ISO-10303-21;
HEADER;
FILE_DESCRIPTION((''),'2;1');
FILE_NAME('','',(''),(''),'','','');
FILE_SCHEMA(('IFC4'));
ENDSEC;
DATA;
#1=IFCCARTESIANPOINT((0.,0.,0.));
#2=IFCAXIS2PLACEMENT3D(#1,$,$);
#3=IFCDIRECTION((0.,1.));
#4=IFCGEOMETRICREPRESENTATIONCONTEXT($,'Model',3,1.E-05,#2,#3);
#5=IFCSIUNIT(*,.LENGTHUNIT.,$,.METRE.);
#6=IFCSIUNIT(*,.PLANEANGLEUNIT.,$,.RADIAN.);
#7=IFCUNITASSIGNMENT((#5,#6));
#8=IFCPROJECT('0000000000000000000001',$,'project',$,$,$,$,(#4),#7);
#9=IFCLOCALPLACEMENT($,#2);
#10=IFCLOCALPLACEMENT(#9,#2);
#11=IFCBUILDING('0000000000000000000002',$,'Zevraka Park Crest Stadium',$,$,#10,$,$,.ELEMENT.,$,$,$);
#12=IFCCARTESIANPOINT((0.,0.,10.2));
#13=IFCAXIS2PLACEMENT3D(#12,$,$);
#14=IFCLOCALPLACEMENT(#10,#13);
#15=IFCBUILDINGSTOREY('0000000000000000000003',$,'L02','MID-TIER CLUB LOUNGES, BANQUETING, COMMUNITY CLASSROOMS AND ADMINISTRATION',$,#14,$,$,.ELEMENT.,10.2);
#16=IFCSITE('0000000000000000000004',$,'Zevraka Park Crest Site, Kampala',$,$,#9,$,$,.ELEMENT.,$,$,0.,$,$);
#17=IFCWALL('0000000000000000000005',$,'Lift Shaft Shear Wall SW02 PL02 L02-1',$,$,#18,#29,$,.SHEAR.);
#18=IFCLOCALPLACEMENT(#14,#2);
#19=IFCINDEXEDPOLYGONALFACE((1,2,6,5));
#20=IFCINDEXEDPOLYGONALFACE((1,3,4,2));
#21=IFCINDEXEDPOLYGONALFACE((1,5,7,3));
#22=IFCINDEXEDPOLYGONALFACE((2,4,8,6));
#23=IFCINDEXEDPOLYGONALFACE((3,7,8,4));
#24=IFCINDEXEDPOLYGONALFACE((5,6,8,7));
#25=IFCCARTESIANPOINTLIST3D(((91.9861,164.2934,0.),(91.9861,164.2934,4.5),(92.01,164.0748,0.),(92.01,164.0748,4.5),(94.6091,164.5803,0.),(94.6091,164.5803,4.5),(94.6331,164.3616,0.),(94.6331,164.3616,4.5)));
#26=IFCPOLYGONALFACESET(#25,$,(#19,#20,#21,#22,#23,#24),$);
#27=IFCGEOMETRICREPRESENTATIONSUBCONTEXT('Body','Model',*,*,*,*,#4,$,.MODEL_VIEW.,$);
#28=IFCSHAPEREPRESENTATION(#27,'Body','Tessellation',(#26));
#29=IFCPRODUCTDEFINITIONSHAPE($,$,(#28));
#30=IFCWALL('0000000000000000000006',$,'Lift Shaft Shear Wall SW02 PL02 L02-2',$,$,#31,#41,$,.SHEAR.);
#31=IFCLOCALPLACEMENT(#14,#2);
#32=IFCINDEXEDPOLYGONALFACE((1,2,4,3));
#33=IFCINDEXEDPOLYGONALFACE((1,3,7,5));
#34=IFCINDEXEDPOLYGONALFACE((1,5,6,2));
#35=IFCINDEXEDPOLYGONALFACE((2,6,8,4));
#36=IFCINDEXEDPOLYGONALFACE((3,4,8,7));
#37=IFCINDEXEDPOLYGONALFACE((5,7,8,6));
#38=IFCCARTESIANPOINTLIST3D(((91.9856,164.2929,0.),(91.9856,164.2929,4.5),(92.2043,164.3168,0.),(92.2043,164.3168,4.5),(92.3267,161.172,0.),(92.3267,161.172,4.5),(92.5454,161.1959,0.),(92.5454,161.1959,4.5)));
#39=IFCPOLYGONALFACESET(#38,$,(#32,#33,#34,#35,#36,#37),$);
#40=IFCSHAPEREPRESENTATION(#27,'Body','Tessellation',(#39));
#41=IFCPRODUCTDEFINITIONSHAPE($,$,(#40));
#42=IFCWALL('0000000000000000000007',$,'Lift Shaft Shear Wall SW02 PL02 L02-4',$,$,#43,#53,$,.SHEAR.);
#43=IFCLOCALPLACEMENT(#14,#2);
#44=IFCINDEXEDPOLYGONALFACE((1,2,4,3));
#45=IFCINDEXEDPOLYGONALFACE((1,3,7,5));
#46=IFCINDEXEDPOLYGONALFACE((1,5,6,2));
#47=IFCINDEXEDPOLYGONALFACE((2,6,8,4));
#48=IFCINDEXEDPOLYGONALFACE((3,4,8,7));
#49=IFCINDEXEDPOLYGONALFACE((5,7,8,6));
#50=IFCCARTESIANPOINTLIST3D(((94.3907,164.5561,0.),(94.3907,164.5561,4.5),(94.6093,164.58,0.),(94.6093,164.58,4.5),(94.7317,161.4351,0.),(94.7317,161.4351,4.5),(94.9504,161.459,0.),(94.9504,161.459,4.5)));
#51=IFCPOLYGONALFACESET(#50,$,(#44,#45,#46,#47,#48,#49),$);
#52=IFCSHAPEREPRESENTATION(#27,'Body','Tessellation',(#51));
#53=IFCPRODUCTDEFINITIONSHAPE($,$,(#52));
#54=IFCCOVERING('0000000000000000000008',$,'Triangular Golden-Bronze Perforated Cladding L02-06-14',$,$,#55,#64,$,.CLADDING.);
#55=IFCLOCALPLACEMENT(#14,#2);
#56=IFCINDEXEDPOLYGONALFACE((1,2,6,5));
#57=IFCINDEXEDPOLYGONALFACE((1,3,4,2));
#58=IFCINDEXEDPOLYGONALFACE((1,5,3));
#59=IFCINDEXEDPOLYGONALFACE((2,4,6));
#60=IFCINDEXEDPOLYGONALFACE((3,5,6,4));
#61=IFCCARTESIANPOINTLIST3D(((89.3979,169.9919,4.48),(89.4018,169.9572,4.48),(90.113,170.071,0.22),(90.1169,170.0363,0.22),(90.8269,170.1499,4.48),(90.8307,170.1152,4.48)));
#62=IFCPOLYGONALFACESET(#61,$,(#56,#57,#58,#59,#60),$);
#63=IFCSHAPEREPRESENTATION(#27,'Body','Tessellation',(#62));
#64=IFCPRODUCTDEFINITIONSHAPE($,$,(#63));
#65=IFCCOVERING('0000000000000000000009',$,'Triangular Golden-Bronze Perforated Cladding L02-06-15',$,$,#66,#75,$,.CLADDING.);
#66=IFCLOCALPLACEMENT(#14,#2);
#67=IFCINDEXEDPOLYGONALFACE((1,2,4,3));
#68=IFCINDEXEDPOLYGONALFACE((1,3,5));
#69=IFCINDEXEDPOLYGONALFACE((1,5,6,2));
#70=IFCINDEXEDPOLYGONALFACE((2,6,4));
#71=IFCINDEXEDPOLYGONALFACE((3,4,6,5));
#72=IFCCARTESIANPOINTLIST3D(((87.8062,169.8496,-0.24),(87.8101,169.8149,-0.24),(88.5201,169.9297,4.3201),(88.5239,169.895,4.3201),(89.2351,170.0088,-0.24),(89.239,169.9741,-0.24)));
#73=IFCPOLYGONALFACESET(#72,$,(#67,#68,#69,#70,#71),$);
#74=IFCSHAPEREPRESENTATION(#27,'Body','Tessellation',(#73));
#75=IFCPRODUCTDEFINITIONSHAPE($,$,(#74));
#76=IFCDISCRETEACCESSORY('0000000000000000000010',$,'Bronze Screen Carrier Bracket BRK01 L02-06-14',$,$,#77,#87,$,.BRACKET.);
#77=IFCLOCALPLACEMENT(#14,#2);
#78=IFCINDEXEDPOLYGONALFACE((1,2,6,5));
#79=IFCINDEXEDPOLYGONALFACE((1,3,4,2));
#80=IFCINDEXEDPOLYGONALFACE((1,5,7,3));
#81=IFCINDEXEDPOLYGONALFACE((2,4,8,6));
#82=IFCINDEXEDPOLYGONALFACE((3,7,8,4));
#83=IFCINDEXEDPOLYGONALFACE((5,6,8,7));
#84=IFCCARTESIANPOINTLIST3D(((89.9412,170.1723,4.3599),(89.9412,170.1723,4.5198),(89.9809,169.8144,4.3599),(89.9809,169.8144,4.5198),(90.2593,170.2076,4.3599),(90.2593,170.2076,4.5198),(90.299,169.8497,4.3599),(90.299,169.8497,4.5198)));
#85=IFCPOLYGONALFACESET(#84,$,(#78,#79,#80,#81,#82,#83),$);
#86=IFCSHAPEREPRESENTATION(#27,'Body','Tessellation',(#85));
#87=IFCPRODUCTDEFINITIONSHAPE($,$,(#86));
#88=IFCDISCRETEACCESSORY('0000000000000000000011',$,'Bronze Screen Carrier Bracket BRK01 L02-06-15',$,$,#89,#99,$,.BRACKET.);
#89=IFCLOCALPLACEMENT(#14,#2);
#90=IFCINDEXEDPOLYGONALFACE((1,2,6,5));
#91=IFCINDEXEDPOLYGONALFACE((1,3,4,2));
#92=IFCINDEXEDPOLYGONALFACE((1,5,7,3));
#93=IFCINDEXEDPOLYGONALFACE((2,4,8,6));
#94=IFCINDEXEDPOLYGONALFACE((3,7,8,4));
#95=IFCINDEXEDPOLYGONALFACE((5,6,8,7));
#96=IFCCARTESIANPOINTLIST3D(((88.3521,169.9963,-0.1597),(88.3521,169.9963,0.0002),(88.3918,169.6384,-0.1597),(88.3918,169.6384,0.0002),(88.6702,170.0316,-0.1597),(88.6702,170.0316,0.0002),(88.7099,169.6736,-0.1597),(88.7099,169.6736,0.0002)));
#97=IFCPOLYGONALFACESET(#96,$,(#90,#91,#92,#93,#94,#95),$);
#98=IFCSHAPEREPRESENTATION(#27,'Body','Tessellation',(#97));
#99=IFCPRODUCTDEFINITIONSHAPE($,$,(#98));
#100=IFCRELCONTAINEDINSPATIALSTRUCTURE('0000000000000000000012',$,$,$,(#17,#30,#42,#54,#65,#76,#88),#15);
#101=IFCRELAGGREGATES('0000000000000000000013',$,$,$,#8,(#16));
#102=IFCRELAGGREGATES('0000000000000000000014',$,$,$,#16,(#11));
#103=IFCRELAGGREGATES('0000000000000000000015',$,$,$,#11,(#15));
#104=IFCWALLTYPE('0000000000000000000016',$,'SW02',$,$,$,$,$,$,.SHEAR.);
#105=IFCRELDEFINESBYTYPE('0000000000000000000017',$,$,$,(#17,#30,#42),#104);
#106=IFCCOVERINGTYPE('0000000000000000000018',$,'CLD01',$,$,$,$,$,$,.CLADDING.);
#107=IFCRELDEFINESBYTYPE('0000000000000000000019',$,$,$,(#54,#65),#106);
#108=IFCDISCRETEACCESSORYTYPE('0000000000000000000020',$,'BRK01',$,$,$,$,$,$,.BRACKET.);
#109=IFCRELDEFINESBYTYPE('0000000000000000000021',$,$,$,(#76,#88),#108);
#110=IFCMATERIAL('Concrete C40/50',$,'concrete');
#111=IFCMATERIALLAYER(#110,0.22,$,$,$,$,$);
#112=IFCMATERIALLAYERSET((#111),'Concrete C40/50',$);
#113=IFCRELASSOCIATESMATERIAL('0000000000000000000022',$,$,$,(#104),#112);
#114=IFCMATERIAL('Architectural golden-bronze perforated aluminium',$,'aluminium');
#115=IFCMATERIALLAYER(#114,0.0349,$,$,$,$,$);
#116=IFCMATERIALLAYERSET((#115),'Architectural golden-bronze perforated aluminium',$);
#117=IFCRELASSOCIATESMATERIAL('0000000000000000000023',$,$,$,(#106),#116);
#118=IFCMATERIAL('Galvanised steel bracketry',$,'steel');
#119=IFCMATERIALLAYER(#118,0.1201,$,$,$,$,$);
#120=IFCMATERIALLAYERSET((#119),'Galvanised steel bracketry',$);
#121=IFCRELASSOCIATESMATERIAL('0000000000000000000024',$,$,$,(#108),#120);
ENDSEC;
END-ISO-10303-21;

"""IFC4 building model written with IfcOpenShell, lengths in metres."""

from ifc_helpers import new_model, si_unit, direction, frame, frame_2d, origin, origin_2d, place, context, subcontext, project, spatial, polyline, rectangle, outline, extrude, material, layer, layer_set, type_object, element, save


model = new_model("IFC4")

# Units and contexts
model_context = context("Model", 3, precision=1e-05, world=origin(), true_north=direction((0.0, 1.0)))
body_context = subcontext(model_context, "Body", "Model", "MODEL_VIEW")
ifc_project = project(units=[si_unit("LENGTHUNIT", "METRE"), si_unit("PLANEANGLEUNIT", "RADIAN")], contexts=[model_context])

# Site, building, storey
site_placement = place(None, origin())
site = spatial("IfcSite", under=ifc_project, at=site_placement, Name="Zevraka Park Crest Site, Kampala", CompositionType="ELEMENT", RefElevation=0.0)
building_placement = place(site_placement, origin())
building = spatial("IfcBuilding", under=site, at=building_placement, Name="Zevraka Park Crest Stadium", CompositionType="ELEMENT")
storey_placement = place(building_placement, frame((0.0, 0.0, 10.2)))
storey = spatial("IfcBuildingStorey", under=building, at=storey_placement, Name="L02", Description="MID-TIER CLUB LOUNGES, BANQUETING, COMMUNITY CLASSROOMS AND ADMINISTRATION", CompositionType="ELEMENT", Elevation=10.2)

# Walls
ifc_material_1 = material(Name="Concrete C40/50", Category="concrete")
ifc_layer_1 = layer(ifc_material_1, 0.22)
ifc_layer_set_1 = layer_set([ifc_layer_1], Name="Concrete C40/50")
wall_type_1 = type_object("IfcWallType", Name="SW02", PredefinedType="SHEAR", material=ifc_layer_set_1)
wall_1_placement = place(storey_placement, frame((94.6211, 164.4709, 0.0), z_axis=(0.0, 0.0, 1.0), x_axis=(-0.994073, -0.108715, 0.0)))
element("IfcWall", 1, at=wall_1_placement, inside=storey, type_object=wall_type_1, Name="Lift Shaft Shear Wall SW02 PL02 L02-1", PredefinedType="SHEAR", context=body_context, shape_type="SweptSolid", body=[
    extrude(rectangle(XDim=2.6387, YDim=0.22, at=frame_2d((1.3193, 0.0))), origin(), (0.0, 0.0, 1.0), 4.5),
])
wall_2_placement = place(storey_placement, frame((92.095, 164.3049, 0.0), z_axis=(0.0, 0.0, 1.0), x_axis=(0.108639, -0.994081, 0.0)))
element("IfcWall", 2, at=wall_2_placement, inside=storey, type_object=wall_type_1, Name="Lift Shaft Shear Wall SW02 PL02 L02-2", PredefinedType="SHEAR", context=body_context, shape_type="SweptSolid", body=[
    extrude(rectangle(XDim=3.1394, YDim=0.22, at=frame_2d((1.5698, 0.0))), origin(), (0.0, 0.0, 1.0), 4.5),
])

# Wall
wall_3_placement = place(storey_placement, frame((94.8411, 161.447, 0.0), z_axis=(0.0, 0.0, 1.0), x_axis=(-0.108631, 0.994082, 0.0)))
element("IfcWall", 3, at=wall_3_placement, inside=storey, type_object=wall_type_1, Name="Lift Shaft Shear Wall SW02 PL02 L02-4", PredefinedType="SHEAR", context=body_context, shape_type="SweptSolid", body=[
    extrude(rectangle(XDim=3.1396, YDim=0.22, at=frame_2d((1.5698, 0.0))), origin(), (0.0, 0.0, 1.0), 4.5),
])

# Coverings
ifc_material_2 = material(Name="Architectural golden-bronze perforated aluminium", Category="aluminium")
ifc_layer_2 = layer(ifc_material_2, 0.0349)
ifc_layer_set_2 = layer_set([ifc_layer_2], Name="Architectural golden-bronze perforated aluminium")
covering_type = type_object("IfcCoveringType", Name="CLD01", PredefinedType="CLADDING", material=ifc_layer_set_2)
covering_1_placement = place(storey_placement, frame((89.3979, 169.9919, 4.48), z_axis=(-0.109872, 0.993946, 0.000013), x_axis=(0.993946, 0.109872, 0.0)))
element("IfcCovering", 4, at=covering_1_placement, inside=storey, type_object=covering_type, Name="Triangular Golden-Bronze Perforated Cladding L02-06-14", PredefinedType="CLADDING", context=body_context, shape_type="SweptSolid", body=[
    extrude(outline(polyline([(0.0, 0.0), (1.4377, 0.0), (0.7194, 4.26), (0.0, 0.0)])), origin(), (0.0, 0.0, -1.0), 0.0349),
])
covering_2_placement = place(storey_placement, frame((89.239, 169.9741, -0.24), z_axis=(0.110711, -0.993853, 0.000121), x_axis=(-0.993853, -0.110711, 0.0)))
element("IfcCovering", 5, at=covering_2_placement, inside=storey, type_object=covering_type, Name="Triangular Golden-Bronze Perforated Cladding L02-06-15", PredefinedType="CLADDING", context=body_context, shape_type="SweptSolid", body=[
    extrude(outline(polyline([(0.0, 0.0), (1.4378, 0.0), (0.7194, -4.5601), (0.0, 0.0)])), origin(), (0.0, 0.0, -1.0), 0.0349),
])

# Discrete accessories
ifc_material_3 = material(Name="Galvanised steel bracketry", Category="steel")
ifc_layer_3 = layer(ifc_material_3, 0.1201)
ifc_layer_set_3 = layer_set([ifc_layer_3], Name="Galvanised steel bracketry")
discrete_accessory_type = type_object("IfcDiscreteAccessoryType", Name="BRK01", PredefinedType="BRACKET", material=ifc_layer_set_3)
for number, where, z_axis, x_axis, name in (
    (6, (90.1201, 170.011, 4.3599), (0.0, 0.0, 1.0), (-0.993903, -0.110255, 0.0), "Bronze Screen Carrier Bracket BRK01 L02-06-14"),
    (7, (88.531, 169.835, -0.1597), (0.0, 0.0, 1.0), (-0.993903, -0.110255, 0.0), "Bronze Screen Carrier Bracket BRK01 L02-06-15"),
):
    element("IfcDiscreteAccessory", number, at=place(storey_placement, frame(where, z_axis=z_axis, x_axis=x_axis)), inside=storey, type_object=discrete_accessory_type, Name=name, PredefinedType="BRACKET", context=body_context, shape_type="SweptSolid", body=[
        extrude(rectangle(XDim=0.3201, YDim=0.3601, at=origin_2d()), origin(), (0.0, 0.0, 1.0), 0.1599),
    ])

save(model, "model.ifc")
